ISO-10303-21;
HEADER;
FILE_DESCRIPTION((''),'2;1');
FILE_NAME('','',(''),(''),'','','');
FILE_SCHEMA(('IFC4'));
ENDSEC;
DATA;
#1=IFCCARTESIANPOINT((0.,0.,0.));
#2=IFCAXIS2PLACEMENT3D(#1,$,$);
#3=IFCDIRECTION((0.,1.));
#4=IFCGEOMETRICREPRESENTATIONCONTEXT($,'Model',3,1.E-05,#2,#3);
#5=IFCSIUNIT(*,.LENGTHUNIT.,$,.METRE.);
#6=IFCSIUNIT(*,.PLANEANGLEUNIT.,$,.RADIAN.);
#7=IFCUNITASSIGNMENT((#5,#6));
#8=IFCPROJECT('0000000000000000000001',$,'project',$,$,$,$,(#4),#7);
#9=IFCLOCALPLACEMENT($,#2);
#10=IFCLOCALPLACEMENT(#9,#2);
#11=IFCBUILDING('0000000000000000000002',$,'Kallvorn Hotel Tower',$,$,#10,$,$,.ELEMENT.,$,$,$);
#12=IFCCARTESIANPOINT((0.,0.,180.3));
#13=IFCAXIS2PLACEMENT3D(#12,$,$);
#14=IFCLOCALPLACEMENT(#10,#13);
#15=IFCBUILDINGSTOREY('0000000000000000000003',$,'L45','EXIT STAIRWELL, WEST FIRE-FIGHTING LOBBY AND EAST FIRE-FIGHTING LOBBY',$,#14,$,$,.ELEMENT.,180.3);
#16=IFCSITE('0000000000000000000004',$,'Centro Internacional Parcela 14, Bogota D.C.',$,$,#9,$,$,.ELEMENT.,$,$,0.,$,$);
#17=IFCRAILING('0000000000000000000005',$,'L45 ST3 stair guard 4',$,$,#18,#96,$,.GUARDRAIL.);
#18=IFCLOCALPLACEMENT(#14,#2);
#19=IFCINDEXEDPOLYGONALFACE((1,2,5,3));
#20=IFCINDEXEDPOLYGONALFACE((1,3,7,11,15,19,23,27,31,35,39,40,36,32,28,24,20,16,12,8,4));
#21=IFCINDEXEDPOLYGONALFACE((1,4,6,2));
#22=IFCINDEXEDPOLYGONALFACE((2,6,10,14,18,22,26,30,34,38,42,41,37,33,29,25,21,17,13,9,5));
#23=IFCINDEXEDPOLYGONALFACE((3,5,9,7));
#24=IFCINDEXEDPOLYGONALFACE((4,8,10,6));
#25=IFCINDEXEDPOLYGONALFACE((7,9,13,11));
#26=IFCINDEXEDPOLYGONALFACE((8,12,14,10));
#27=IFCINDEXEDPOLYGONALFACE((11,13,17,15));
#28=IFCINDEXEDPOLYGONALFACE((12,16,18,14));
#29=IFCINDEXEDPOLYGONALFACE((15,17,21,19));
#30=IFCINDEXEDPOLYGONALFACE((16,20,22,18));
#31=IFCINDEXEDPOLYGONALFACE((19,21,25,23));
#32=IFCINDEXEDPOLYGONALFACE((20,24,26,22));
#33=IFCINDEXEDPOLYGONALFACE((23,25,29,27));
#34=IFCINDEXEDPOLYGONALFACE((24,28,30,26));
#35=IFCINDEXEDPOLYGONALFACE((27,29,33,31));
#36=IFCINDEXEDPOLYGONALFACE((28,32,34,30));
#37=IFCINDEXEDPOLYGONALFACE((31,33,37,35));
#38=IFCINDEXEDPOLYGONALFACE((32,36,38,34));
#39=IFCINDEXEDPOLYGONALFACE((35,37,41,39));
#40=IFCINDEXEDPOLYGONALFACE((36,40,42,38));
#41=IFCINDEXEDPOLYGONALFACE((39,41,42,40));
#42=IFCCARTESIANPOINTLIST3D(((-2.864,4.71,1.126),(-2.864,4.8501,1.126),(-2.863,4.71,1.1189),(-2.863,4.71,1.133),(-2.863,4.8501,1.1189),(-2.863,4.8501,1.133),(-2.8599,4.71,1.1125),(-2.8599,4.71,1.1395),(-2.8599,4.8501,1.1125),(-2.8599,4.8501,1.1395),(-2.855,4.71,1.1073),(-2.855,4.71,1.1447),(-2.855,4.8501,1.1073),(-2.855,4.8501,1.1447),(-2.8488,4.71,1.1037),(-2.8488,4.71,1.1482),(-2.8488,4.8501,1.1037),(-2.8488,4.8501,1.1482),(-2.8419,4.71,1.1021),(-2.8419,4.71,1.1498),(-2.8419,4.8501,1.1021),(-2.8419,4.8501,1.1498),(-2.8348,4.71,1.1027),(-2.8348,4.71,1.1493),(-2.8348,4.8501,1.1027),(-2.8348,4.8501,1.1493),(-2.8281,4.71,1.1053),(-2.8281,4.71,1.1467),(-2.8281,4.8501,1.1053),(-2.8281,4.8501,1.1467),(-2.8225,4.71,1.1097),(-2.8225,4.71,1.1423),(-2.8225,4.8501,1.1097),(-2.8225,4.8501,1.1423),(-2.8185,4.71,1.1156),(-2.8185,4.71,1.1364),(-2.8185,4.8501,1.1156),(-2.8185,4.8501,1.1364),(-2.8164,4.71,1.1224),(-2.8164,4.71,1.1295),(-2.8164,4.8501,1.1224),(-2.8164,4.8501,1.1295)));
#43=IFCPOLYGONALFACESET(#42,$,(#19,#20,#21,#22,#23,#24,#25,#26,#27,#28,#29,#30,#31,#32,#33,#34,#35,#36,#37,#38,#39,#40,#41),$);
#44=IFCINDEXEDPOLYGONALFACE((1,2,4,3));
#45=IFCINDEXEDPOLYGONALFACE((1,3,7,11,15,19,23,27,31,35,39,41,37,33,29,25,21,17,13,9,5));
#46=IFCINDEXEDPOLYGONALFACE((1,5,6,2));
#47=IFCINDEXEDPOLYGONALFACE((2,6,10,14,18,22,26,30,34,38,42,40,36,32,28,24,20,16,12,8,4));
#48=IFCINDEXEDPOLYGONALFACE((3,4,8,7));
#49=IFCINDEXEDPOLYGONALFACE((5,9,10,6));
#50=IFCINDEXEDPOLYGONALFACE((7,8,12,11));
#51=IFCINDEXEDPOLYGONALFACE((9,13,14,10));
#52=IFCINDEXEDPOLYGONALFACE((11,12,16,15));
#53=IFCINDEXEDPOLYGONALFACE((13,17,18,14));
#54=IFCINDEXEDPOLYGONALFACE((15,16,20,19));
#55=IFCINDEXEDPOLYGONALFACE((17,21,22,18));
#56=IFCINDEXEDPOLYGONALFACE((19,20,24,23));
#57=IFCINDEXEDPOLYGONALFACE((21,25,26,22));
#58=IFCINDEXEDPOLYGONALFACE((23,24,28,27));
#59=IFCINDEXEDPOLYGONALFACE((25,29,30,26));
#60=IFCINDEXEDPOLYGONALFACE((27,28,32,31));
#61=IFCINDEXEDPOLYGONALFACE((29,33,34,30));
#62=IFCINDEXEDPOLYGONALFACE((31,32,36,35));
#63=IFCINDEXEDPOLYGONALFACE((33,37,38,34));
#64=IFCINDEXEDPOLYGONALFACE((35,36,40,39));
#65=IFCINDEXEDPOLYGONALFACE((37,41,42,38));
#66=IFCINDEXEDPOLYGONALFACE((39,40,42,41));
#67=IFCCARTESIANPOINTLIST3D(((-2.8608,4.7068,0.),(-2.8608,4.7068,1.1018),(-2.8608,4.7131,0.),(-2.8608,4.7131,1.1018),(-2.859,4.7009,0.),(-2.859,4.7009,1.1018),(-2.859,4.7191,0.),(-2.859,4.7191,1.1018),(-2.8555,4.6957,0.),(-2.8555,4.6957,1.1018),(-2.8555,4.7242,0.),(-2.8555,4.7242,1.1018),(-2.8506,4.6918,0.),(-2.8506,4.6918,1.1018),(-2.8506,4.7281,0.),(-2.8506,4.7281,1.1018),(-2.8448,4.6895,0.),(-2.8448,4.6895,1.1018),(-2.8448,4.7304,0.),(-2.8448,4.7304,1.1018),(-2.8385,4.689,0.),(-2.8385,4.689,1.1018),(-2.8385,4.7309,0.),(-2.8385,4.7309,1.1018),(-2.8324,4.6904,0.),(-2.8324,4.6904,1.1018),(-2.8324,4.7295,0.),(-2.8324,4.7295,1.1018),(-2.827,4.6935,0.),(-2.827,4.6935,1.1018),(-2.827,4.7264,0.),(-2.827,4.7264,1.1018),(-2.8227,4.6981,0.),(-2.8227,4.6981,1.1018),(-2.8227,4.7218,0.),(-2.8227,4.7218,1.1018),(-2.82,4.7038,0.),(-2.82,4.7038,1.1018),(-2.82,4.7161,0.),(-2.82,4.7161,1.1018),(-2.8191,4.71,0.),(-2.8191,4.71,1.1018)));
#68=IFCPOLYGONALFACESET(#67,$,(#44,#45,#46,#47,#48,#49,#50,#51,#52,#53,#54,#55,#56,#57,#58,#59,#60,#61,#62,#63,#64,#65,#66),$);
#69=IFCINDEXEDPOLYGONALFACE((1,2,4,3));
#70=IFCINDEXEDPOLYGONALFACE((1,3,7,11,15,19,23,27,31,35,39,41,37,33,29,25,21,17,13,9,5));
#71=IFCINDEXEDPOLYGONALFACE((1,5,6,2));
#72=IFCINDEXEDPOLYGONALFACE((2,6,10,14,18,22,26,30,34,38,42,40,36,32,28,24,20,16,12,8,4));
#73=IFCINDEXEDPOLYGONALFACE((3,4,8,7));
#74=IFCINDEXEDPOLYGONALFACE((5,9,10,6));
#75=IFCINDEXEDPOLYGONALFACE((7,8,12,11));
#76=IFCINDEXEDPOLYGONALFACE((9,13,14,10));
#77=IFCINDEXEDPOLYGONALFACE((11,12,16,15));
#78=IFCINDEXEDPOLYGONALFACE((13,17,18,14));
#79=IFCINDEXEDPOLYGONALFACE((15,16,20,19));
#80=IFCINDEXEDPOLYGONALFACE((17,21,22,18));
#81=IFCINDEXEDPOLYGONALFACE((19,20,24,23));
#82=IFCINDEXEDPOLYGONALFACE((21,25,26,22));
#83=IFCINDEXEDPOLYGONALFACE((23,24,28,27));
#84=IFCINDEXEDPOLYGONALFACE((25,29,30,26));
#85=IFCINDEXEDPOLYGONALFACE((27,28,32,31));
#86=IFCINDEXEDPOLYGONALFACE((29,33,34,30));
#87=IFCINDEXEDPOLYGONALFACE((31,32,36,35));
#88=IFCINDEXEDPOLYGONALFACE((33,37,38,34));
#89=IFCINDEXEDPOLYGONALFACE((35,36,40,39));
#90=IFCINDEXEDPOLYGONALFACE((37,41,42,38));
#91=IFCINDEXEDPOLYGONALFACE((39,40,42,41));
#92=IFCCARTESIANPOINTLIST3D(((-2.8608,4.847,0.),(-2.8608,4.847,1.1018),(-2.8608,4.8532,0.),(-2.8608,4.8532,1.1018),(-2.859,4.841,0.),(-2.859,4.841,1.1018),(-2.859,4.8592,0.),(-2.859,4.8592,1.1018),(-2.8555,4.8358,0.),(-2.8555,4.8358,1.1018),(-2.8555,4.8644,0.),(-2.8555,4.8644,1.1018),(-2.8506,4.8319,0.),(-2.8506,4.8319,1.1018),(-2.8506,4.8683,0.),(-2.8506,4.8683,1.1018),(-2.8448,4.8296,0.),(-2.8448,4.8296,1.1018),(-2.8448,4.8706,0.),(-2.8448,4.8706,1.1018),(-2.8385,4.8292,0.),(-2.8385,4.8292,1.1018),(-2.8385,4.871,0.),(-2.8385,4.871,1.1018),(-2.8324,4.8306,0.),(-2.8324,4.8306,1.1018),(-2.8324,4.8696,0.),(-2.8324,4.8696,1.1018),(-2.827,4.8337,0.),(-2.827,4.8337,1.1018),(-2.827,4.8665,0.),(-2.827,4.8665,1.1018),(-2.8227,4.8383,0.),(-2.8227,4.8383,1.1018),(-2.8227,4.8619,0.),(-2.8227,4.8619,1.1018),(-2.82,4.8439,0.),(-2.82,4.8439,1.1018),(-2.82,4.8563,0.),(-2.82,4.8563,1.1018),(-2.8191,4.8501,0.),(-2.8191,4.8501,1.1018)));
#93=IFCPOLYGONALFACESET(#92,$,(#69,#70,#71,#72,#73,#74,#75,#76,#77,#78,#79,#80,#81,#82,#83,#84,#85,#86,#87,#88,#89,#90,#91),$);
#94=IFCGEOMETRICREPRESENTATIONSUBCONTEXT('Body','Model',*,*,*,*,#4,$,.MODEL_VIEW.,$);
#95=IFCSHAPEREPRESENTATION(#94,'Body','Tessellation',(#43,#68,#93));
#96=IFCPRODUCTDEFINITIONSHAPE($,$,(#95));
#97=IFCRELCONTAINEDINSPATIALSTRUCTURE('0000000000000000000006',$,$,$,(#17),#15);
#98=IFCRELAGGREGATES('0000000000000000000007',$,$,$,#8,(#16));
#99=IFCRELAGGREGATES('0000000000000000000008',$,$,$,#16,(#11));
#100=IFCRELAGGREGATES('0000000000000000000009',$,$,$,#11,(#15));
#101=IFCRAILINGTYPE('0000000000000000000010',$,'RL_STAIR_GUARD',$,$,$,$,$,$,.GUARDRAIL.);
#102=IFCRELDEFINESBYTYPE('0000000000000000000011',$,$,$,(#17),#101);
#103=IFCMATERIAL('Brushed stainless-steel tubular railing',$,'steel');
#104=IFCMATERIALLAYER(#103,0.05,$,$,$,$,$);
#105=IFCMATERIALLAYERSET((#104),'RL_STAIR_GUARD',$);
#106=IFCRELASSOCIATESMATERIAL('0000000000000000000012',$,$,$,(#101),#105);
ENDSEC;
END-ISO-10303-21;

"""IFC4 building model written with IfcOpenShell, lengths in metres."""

from ifc_helpers import new_model, si_unit, direction, frame, origin, origin_2d, place, context, subcontext, project, spatial, circle, extrude, material, layer, layer_set, type_object, element, save


model = new_model("IFC4")

# Units and contexts
model_context = context("Model", 3, precision=1e-05, world=origin(), true_north=direction((0.0, 1.0)))
body_context = subcontext(model_context, "Body", "Model", "MODEL_VIEW")
ifc_project = project(units=[si_unit("LENGTHUNIT", "METRE"), si_unit("PLANEANGLEUNIT", "RADIAN")], contexts=[model_context])

# Site, building, storey
site_placement = place(None, origin())
site = spatial("IfcSite", under=ifc_project, at=site_placement, Name="Centro Internacional Parcela 14, Bogota D.C.", CompositionType="ELEMENT", RefElevation=0.0)
building_placement = place(site_placement, origin())
building = spatial("IfcBuilding", under=site, at=building_placement, Name="Kallvorn Hotel Tower", CompositionType="ELEMENT")
storey_placement = place(building_placement, frame((0.0, 0.0, 180.3)))
storey = spatial("IfcBuildingStorey", under=building, at=storey_placement, Name="L45", Description="EXIT STAIRWELL, WEST FIRE-FIGHTING LOBBY AND EAST FIRE-FIGHTING LOBBY", CompositionType="ELEMENT", Elevation=180.3)

# Railing
ifc_material_1 = material(Name="Brushed stainless-steel tubular railing", Category="steel")
ifc_layer_1 = layer(ifc_material_1, 0.05)
ifc_layer_set_1 = layer_set([ifc_layer_1], Name="RL_STAIR_GUARD")
railing_type_1 = type_object("IfcRailingType", Name="RL_STAIR_GUARD", PredefinedType="GUARDRAIL", material=ifc_layer_set_1)
railing_1_placement = place(storey_placement, frame((-2.8401, 4.71, 0.0)))
element("IfcRailing", 1, at=railing_1_placement, inside=storey, type_object=railing_type_1, Name="L45 ST3 stair guard 4", PredefinedType="GUARDRAIL", context=body_context, shape_type="SweptSolid", body=[
    extrude(circle(Radius=0.0239, at=origin_2d()), frame((0.0, 0.0, 1.126), z_axis=(0.0, 1.0, 0.0), x_axis=(-1.0, 0.0, 0.0)), (0.0, 0.0, 1.0), 0.1401),
    extrude(circle(Radius=0.021, at=origin_2d()), origin(), (0.0, 0.0, 1.0), 1.1018),
    extrude(circle(Radius=0.021, at=origin_2d()), frame((0.0, 0.1401, 0.0)), (0.0, 0.0, 1.0), 1.1018),
])

save(model, "model.ifc")
